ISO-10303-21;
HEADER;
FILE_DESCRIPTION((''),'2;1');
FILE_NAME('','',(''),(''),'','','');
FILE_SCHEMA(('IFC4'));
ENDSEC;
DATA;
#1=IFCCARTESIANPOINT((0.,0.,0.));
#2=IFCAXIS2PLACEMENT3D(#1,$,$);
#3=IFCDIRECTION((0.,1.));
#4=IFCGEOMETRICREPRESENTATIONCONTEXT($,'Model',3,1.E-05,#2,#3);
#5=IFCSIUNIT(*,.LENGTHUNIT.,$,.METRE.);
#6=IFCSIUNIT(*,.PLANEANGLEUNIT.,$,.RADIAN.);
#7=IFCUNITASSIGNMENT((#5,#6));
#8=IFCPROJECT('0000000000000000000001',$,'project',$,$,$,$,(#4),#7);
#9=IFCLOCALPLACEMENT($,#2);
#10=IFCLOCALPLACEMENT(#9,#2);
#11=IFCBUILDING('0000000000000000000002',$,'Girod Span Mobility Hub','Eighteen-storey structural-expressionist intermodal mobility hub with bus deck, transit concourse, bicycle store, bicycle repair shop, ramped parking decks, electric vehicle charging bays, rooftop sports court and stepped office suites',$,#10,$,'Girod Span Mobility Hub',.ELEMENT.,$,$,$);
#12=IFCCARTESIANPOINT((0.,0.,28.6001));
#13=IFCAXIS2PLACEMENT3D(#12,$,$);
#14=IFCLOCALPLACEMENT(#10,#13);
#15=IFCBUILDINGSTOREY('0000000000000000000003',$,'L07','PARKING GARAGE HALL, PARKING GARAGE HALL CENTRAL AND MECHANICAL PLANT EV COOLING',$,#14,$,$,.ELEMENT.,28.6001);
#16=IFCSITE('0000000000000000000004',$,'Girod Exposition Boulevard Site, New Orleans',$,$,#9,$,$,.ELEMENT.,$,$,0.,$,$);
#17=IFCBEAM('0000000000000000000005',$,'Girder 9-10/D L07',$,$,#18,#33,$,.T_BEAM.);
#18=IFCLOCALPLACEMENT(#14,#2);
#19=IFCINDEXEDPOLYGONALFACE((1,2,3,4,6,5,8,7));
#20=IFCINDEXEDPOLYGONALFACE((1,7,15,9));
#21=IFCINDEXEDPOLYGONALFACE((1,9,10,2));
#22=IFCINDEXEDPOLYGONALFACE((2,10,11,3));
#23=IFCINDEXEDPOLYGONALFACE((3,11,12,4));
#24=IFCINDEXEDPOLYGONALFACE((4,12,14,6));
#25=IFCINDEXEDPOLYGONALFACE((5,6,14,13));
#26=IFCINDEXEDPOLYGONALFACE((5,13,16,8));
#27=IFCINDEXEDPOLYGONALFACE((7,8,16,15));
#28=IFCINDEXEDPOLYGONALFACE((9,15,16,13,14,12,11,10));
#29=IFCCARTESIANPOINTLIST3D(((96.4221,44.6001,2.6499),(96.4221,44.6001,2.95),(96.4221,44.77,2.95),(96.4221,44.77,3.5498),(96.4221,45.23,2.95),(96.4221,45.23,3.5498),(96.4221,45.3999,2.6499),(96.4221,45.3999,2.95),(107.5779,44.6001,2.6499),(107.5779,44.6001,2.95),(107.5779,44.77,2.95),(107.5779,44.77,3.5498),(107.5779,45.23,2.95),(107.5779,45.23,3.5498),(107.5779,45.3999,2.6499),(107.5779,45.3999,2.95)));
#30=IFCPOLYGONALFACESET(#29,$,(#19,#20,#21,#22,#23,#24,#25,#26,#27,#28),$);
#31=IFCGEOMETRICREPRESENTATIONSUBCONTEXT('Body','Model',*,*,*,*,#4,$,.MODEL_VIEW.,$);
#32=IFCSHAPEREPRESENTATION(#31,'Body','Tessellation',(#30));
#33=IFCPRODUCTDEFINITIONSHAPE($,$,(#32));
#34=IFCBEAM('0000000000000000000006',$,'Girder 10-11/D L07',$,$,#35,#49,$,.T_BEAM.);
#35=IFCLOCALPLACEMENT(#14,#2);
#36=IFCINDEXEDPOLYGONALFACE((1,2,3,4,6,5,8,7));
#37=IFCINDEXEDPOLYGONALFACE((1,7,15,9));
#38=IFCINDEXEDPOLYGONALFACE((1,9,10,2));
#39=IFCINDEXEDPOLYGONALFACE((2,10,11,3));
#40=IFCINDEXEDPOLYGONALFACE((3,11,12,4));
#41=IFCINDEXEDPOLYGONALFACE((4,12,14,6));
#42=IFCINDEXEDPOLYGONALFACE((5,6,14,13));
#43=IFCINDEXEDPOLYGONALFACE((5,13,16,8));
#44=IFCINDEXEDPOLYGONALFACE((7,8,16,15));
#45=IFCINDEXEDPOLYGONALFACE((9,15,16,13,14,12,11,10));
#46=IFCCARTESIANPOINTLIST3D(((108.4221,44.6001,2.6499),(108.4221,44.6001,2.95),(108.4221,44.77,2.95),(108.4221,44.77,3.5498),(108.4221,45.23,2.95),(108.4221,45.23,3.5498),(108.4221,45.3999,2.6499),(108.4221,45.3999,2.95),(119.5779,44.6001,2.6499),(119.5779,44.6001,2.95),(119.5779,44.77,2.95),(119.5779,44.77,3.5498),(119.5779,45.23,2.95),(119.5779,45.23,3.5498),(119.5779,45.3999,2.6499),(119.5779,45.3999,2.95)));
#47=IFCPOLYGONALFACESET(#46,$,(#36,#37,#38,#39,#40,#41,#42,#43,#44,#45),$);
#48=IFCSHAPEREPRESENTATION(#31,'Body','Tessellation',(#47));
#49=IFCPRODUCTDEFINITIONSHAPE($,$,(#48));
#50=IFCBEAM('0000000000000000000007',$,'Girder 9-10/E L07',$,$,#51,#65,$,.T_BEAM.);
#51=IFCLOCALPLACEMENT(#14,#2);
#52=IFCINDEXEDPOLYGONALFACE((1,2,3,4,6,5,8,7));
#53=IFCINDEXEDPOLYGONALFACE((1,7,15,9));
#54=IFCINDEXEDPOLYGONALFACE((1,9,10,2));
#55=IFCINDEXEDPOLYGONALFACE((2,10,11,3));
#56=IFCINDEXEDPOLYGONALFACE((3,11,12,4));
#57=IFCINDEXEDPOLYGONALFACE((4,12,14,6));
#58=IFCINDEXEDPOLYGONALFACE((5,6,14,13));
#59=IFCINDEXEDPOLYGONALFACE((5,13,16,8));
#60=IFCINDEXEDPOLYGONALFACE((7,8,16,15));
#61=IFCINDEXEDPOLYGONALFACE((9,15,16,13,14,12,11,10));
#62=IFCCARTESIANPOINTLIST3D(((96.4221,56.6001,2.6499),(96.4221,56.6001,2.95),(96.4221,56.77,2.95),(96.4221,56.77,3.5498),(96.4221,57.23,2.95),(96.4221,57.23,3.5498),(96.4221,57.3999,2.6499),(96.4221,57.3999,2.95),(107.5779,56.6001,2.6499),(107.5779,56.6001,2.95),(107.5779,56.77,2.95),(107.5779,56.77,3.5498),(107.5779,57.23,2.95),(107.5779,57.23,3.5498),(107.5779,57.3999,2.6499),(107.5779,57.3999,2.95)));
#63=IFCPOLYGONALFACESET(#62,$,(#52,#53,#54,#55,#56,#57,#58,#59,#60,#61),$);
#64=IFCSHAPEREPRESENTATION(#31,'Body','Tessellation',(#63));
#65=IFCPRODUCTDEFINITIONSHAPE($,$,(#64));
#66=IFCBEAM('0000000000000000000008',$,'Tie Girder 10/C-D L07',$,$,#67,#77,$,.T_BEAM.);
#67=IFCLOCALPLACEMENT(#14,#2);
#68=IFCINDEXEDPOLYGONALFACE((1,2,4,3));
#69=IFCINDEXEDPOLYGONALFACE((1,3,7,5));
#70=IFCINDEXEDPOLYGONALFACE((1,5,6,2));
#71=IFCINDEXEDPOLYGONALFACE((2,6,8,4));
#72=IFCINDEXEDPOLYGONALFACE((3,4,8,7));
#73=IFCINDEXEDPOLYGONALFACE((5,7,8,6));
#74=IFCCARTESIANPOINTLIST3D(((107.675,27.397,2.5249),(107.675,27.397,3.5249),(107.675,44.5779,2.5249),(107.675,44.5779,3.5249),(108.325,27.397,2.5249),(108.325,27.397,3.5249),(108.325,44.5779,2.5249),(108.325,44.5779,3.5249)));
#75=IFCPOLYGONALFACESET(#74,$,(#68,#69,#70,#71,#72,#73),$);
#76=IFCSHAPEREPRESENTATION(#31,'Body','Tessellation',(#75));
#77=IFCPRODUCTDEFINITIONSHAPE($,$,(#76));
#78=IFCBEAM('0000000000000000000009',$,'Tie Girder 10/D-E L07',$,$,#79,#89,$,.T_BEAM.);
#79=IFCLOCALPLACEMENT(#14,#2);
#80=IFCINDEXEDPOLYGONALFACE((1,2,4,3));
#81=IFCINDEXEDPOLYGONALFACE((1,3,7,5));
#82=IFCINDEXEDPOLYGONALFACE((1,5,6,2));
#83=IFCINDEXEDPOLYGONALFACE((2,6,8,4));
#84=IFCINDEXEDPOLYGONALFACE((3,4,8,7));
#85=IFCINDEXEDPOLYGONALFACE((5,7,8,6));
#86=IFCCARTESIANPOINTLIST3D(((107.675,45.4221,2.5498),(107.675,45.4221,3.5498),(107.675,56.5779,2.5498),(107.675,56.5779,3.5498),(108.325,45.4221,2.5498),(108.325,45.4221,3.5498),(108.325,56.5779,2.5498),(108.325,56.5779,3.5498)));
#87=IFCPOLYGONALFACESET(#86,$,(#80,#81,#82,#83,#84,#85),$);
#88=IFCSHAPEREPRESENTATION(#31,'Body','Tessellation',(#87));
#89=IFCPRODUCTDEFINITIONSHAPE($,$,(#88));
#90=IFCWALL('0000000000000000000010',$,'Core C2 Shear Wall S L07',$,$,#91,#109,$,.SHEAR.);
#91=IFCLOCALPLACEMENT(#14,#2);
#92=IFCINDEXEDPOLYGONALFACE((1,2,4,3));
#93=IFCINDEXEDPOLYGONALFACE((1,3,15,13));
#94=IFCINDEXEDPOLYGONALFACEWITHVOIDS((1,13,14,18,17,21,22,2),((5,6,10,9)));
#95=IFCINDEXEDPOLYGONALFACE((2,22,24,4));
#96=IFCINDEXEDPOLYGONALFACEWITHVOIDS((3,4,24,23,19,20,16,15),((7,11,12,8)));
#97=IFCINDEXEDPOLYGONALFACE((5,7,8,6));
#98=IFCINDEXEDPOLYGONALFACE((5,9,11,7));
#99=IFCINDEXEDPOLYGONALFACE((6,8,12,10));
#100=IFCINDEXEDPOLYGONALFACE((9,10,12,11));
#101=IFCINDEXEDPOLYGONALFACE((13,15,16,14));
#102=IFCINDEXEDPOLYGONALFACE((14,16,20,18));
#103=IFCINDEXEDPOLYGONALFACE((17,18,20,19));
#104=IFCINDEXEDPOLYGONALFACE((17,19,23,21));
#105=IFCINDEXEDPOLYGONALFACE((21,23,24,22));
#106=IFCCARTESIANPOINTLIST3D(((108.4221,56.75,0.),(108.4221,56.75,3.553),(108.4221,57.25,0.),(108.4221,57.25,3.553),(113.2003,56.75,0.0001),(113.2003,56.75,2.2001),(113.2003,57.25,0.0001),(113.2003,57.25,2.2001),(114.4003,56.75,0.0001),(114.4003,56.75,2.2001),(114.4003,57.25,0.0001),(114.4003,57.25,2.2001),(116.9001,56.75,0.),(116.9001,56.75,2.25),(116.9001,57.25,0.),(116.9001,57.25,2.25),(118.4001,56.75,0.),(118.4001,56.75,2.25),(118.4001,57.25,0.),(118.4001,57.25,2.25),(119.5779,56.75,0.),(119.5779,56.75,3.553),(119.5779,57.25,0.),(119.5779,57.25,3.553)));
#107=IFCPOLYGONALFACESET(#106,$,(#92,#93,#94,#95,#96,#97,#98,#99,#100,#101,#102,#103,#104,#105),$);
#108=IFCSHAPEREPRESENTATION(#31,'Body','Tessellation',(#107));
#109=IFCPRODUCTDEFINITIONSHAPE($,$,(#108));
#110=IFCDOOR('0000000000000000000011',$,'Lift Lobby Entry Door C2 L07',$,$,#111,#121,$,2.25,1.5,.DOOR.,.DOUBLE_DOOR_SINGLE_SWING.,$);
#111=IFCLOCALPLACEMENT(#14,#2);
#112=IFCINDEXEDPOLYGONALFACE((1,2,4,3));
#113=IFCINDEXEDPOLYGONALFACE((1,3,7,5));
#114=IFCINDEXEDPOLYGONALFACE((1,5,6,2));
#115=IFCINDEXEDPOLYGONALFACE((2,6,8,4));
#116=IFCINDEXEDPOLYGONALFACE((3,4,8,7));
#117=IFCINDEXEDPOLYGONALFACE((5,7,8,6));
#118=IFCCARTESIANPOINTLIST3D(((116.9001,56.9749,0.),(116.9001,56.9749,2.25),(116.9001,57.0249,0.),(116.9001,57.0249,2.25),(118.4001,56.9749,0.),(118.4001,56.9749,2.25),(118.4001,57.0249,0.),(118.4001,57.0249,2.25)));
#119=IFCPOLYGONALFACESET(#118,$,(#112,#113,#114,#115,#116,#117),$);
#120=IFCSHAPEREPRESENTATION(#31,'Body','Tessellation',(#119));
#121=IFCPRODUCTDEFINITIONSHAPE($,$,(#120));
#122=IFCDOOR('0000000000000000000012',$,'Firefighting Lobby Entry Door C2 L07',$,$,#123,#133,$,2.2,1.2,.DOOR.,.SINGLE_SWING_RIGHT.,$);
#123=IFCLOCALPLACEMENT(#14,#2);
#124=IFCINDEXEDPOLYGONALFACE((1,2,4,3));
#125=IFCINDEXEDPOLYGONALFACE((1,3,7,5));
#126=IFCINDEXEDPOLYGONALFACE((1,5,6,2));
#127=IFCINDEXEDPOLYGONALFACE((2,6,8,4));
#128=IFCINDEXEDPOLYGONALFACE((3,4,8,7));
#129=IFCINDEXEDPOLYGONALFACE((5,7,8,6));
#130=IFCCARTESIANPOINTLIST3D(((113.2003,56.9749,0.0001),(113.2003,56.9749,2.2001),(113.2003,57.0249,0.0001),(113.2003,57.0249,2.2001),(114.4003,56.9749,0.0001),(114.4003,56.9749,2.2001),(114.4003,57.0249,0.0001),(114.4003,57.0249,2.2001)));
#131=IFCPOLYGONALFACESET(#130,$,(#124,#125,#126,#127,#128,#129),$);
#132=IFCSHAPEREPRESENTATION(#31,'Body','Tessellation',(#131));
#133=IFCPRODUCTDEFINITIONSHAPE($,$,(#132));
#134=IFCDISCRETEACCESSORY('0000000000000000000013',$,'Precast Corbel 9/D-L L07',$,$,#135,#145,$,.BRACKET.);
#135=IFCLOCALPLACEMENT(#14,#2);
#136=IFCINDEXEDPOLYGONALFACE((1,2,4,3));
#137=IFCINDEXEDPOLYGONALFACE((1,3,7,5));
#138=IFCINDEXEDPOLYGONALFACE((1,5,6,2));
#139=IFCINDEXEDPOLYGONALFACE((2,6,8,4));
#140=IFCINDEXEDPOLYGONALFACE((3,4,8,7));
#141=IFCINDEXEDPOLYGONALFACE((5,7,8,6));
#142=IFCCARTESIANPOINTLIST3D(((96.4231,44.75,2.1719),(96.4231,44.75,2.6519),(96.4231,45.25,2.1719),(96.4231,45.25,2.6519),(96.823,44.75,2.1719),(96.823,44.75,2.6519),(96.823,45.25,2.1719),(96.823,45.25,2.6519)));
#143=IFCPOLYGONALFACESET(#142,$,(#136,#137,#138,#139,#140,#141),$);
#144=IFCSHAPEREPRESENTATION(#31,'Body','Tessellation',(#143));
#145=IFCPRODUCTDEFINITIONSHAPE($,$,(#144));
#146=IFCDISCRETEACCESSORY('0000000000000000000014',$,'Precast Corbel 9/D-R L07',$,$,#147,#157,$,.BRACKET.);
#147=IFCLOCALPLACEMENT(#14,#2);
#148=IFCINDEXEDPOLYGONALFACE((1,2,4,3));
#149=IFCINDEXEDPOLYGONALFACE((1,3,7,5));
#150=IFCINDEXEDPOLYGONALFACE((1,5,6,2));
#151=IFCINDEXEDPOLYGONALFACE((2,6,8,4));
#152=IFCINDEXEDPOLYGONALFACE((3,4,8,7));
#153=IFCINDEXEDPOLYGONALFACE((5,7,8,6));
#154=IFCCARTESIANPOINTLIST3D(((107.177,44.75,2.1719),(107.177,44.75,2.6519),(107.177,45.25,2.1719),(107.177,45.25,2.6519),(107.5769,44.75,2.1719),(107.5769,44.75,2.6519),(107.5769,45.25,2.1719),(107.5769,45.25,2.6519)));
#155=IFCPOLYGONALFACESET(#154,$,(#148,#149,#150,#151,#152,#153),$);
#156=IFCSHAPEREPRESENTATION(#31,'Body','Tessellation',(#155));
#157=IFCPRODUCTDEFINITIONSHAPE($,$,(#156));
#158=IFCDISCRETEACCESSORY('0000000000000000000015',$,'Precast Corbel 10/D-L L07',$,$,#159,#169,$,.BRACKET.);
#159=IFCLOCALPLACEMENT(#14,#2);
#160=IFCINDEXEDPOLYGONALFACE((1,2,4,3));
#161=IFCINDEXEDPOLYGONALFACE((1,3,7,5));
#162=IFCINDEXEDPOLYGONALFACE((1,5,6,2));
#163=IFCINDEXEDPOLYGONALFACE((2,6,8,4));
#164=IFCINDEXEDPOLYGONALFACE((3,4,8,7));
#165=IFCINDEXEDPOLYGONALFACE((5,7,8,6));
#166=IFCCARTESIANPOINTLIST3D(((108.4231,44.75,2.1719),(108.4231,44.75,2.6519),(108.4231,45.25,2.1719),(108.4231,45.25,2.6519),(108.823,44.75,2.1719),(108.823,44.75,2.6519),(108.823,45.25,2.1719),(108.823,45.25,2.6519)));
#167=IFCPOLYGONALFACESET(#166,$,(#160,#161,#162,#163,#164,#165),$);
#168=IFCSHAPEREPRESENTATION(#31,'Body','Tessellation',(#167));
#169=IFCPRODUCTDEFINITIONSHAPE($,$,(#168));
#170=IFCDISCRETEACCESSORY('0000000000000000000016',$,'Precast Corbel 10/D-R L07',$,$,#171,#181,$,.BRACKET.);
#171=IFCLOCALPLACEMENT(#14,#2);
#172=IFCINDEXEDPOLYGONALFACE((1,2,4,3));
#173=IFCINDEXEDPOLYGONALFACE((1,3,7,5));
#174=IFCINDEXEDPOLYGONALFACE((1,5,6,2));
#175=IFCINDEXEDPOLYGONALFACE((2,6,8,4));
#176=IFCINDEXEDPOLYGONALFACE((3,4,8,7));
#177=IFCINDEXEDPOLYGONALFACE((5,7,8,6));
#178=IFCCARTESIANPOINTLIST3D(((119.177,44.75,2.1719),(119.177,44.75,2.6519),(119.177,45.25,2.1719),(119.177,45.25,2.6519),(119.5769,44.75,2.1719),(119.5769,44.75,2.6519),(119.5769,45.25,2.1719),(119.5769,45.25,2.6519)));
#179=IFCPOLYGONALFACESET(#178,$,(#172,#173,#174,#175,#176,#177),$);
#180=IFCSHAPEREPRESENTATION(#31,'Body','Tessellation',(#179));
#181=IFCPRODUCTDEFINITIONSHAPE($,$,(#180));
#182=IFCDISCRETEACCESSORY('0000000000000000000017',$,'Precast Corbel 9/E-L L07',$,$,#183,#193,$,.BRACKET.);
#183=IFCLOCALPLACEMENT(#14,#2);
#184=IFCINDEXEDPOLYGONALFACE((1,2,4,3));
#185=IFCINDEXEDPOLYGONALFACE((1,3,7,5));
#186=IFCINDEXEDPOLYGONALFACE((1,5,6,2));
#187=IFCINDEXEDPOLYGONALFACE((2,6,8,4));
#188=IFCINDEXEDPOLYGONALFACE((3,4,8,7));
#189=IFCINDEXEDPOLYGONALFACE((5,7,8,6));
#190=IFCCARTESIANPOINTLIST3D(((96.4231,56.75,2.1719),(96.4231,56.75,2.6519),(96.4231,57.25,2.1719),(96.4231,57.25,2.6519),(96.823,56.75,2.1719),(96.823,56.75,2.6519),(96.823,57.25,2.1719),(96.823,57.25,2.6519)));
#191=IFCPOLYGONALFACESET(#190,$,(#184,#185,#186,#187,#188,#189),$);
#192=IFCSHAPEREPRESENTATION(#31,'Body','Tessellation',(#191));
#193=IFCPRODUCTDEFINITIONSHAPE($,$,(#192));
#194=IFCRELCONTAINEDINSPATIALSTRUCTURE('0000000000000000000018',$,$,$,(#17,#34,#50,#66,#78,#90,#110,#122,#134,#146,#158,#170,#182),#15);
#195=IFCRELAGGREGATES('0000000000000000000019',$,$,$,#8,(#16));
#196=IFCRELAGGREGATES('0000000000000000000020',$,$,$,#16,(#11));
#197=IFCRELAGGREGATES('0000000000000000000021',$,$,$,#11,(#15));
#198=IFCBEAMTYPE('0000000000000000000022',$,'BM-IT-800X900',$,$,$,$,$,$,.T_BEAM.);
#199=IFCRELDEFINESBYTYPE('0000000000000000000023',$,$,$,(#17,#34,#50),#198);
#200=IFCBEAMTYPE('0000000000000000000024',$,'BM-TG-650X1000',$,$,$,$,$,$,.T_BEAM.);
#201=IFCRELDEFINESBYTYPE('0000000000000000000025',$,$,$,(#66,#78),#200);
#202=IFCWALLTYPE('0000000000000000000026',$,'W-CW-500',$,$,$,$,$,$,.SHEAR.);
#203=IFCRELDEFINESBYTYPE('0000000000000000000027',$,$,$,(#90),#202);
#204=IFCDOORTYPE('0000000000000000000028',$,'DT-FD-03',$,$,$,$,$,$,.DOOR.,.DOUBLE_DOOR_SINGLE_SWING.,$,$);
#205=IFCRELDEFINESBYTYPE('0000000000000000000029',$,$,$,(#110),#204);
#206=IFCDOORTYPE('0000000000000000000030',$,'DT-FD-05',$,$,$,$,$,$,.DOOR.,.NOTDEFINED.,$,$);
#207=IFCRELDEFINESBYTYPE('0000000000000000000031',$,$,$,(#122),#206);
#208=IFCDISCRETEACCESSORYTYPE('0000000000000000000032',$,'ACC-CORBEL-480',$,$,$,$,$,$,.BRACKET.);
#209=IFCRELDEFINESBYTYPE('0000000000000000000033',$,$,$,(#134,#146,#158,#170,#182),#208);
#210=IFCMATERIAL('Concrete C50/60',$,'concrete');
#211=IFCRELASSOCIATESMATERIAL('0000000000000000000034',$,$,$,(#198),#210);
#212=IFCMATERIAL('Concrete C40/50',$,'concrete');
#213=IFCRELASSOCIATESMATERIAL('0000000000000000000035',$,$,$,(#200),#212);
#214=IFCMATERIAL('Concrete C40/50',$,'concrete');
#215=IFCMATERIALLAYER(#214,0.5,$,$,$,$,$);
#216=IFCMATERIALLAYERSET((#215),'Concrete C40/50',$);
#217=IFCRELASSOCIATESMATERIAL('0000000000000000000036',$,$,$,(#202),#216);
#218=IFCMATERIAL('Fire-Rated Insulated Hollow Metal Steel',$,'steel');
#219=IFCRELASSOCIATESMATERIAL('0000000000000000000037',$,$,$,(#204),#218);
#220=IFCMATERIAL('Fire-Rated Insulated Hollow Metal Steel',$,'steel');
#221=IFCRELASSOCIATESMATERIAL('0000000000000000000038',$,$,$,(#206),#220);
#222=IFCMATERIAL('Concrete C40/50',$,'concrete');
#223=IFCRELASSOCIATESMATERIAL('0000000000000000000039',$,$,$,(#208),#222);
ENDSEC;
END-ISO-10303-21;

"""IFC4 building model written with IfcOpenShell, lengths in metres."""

from ifc_helpers import new_model, si_unit, direction, frame, frame_2d, origin, origin_2d, place, context, subcontext, project, spatial, polyline, rectangle, outline, extrude, material, layer, layer_set, material_profile, profile_set, type_object, element, fill, save


model = new_model("IFC4")

# Units and contexts
model_context = context("Model", 3, precision=1e-05, world=origin(), true_north=direction((0.0, 1.0)))
body_context = subcontext(model_context, "Body", "Model", "MODEL_VIEW")
ifc_project = project(units=[si_unit("LENGTHUNIT", "METRE"), si_unit("PLANEANGLEUNIT", "RADIAN")], contexts=[model_context])

# Site, building, storey
site_placement = place(None, origin())
site = spatial("IfcSite", under=ifc_project, at=site_placement, Name="Girod Exposition Boulevard Site, New Orleans", CompositionType="ELEMENT", RefElevation=0.0)
building_placement = place(site_placement, origin())
building = spatial("IfcBuilding", under=site, at=building_placement, Name="Girod Span Mobility Hub", Description="Eighteen-storey structural-expressionist intermodal mobility hub with bus deck, transit concourse, bicycle store, bicycle repair shop, ramped parking decks, electric vehicle charging bays, rooftop sports court and stepped office suites", LongName="Girod Span Mobility Hub", CompositionType="ELEMENT")
storey_placement = place(building_placement, frame((0.0, 0.0, 28.6001)))
storey = spatial("IfcBuildingStorey", under=building, at=storey_placement, Name="L07", Description="PARKING GARAGE HALL, PARKING GARAGE HALL CENTRAL AND MECHANICAL PLANT EV COOLING", CompositionType="ELEMENT", Elevation=28.6001)

# Beams
ifc_material_1 = material(Name="Concrete C50/60", Category="concrete")
ifc_material_profile_1 = material_profile(ifc_material_1, outline(polyline([(-0.3999, -0.45), (0.3999, -0.45), (0.3999, -0.1499), (0.23, -0.1499), (0.23, 0.45), (-0.23, 0.45), (-0.23, -0.1499), (-0.3999, -0.1499), (-0.3999, -0.45)])), Name="IT-800X900")
ifc_profile_set_1 = profile_set([ifc_material_profile_1], Name="Concrete C50/60")
beam_type_1 = type_object("IfcBeamType", Name="BM-IT-800X900", PredefinedType="T_BEAM", material=ifc_profile_set_1)
for number, where, z_axis, x_axis, name in (
    (1, (96.4221, 45.0, 3.0999), (1.0, 0.0, 0.0), (0.0, 1.0, 0.0), "Girder 9-10/D L07"),
    (2, (108.4221, 45.0, 3.0999), (1.0, 0.0, 0.0), (0.0, 1.0, 0.0), "Girder 10-11/D L07"),
    (3, (96.4221, 57.0, 3.0999), (1.0, 0.0, 0.0), (0.0, 1.0, 0.0), "Girder 9-10/E L07"),
):
    element("IfcBeam", number, at=place(storey_placement, frame(where, z_axis=z_axis, x_axis=x_axis)), inside=storey, type_object=beam_type_1, Name=name, PredefinedType="T_BEAM", context=body_context, shape_type="SweptSolid", body=[
        extrude(outline(polyline([(-0.3999, -0.45), (0.3999, -0.45), (0.3999, -0.1499), (0.23, -0.1499), (0.23, 0.45), (-0.23, 0.45), (-0.23, -0.1499), (-0.3999, -0.1499), (-0.3999, -0.45)])), origin(), (0.0, 0.0, 1.0), 11.1558),
    ])
ifc_material_2 = material(Name="Concrete C40/50", Category="concrete")
ifc_material_profile_2 = material_profile(ifc_material_2, rectangle(XDim=0.6499, YDim=1.0, at=origin_2d()), Name="TG-650X1000")
ifc_profile_set_2 = profile_set([ifc_material_profile_2], Name="Concrete C40/50")
beam_type_2 = type_object("IfcBeamType", Name="BM-TG-650X1000", PredefinedType="T_BEAM", material=ifc_profile_set_2)
beam_1_placement = place(storey_placement, frame((108.0, 27.397, 3.0249), z_axis=(0.0, 1.0, 0.0), x_axis=(-1.0, 0.0, 0.0)))
element("IfcBeam", 4, at=beam_1_placement, inside=storey, type_object=beam_type_2, Name="Tie Girder 10/C-D L07", PredefinedType="T_BEAM", context=body_context, shape_type="SweptSolid", body=[
    extrude(rectangle(XDim=0.6499, YDim=1.0, at=origin_2d()), origin(), (0.0, 0.0, 1.0), 17.1809),
])
beam_2_placement = place(storey_placement, frame((108.0, 45.4221, 3.0498), z_axis=(0.0, 1.0, 0.0), x_axis=(-1.0, 0.0, 0.0)))
element("IfcBeam", 5, at=beam_2_placement, inside=storey, type_object=beam_type_2, Name="Tie Girder 10/D-E L07", PredefinedType="T_BEAM", context=body_context, shape_type="SweptSolid", body=[
    extrude(rectangle(XDim=0.6499, YDim=1.0, at=origin_2d()), origin(), (0.0, 0.0, 1.0), 11.1558),
])

# Wall, openings, doors
ifc_material_3 = material(Name="Concrete C40/50", Category="concrete")
ifc_layer = layer(ifc_material_3, 0.5)
ifc_layer_set = layer_set([ifc_layer], Name="Concrete C40/50")
wall_type = type_object("IfcWallType", Name="W-CW-500", PredefinedType="SHEAR", material=ifc_layer_set)
wall_placement = place(storey_placement, frame((108.4221, 57.0, 0.0), z_axis=(0.0, 0.0, 1.0), x_axis=(1.0, 0.0, 0.0)))
wall = element("IfcWall", 6, at=wall_placement, inside=storey, type_object=wall_type, Name="Core C2 Shear Wall S L07", PredefinedType="SHEAR", context=body_context, shape_type="SweptSolid", body=[
    extrude(rectangle(XDim=11.1558, YDim=0.5, at=frame_2d((5.5779, 0.0))), origin(), (0.0, 0.0, 1.0), 3.553),
])
opening_1_placement = place(wall_placement, frame((4.7781, 0.0, 0.0)))
opening_1 = element("IfcOpeningElement", 7, at=opening_1_placement, cuts=wall, PredefinedType="OPENING", context=body_context, shape_type="SweptSolid", body=[
    extrude(rectangle(XDim=1.2, YDim=2.2, at=frame_2d((0.6001, 1.1001))), frame((0.0, 0.2649, 0.0), z_axis=(0.0, -1.0, 0.0), x_axis=(1.0, 0.0, 0.0)), (0.0, 0.0, 1.0), 0.53),
])
opening_2_placement = place(wall_placement, frame((8.478, 0.0, 0.0)))
opening_2 = element("IfcOpeningElement", 8, at=opening_2_placement, cuts=wall, PredefinedType="OPENING", context=body_context, shape_type="SweptSolid", body=[
    extrude(rectangle(XDim=1.5, YDim=2.25, at=frame_2d((0.75, 1.125))), frame((0.0, 0.2649, 0.0), z_axis=(0.0, -1.0, 0.0), x_axis=(1.0, 0.0, 0.0)), (0.0, 0.0, 1.0), 0.53),
])
ifc_material_4 = material(Name="Fire-Rated Insulated Hollow Metal Steel", Category="steel")
door_type_1 = type_object("IfcDoorType", Name="DT-FD-03", OperationType="DOUBLE_DOOR_SINGLE_SWING", PredefinedType="DOOR", material=ifc_material_4)
door_1_placement = place(opening_2_placement, origin())
door_1 = element("IfcDoor", 9, at=door_1_placement, inside=storey, type_object=door_type_1, Name="Lift Lobby Entry Door C2 L07", OperationType="DOUBLE_DOOR_SINGLE_SWING", OverallHeight=2.25, OverallWidth=1.5, PredefinedType="DOOR", context=body_context, shape_type="SweptSolid", body=[
    extrude(rectangle(XDim=1.5, YDim=2.25, at=frame_2d((0.75, 1.125))), frame((0.0, 0.0249, 0.0), z_axis=(0.0, -1.0, 0.0), x_axis=(1.0, 0.0, 0.0)), (0.0, 0.0, 1.0), 0.05),
])
fill(opening_2, door_1)
ifc_material_5 = material(Name="Fire-Rated Insulated Hollow Metal Steel", Category="steel")
door_type_2 = type_object("IfcDoorType", Name="DT-FD-05", OperationType="NOTDEFINED", PredefinedType="DOOR", material=ifc_material_5)
door_2_placement = place(opening_1_placement, origin())
door_2 = element("IfcDoor", 10, at=door_2_placement, inside=storey, type_object=door_type_2, Name="Firefighting Lobby Entry Door C2 L07", OperationType="SINGLE_SWING_RIGHT", OverallHeight=2.2, OverallWidth=1.2, PredefinedType="DOOR", context=body_context, shape_type="SweptSolid", body=[
    extrude(rectangle(XDim=1.2, YDim=2.2, at=frame_2d((0.6001, 1.1001))), frame((0.0, 0.0249, 0.0), z_axis=(0.0, -1.0, 0.0), x_axis=(1.0, 0.0, 0.0)), (0.0, 0.0, 1.0), 0.05),
])
fill(opening_1, door_2)

# Discrete accessories
ifc_material_6 = material(Name="Concrete C40/50", Category="concrete")
discrete_accessory_type = type_object("IfcDiscreteAccessoryType", Name="ACC-CORBEL-480", PredefinedType="BRACKET", material=ifc_material_6)
for number, where, z_axis, x_axis, name in (
    (11, (96.623, 45.0, 2.1719), (0.0, 0.0, 1.0), (1.0, 0.0, 0.0), "Precast Corbel 9/D-L L07"),
    (12, (107.377, 45.0, 2.1719), (0.0, 0.0, 1.0), (1.0, 0.0, 0.0), "Precast Corbel 9/D-R L07"),
    (13, (108.623, 45.0, 2.1719), (0.0, 0.0, 1.0), (1.0, 0.0, 0.0), "Precast Corbel 10/D-L L07"),
    (14, (119.377, 45.0, 2.1719), (0.0, 0.0, 1.0), (1.0, 0.0, 0.0), "Precast Corbel 10/D-R L07"),
    (15, (96.623, 57.0, 2.1719), (0.0, 0.0, 1.0), (1.0, 0.0, 0.0), "Precast Corbel 9/E-L L07"),
):
    element("IfcDiscreteAccessory", number, at=place(storey_placement, frame(where, z_axis=z_axis, x_axis=x_axis)), inside=storey, type_object=discrete_accessory_type, Name=name, PredefinedType="BRACKET", context=body_context, shape_type="SweptSolid", body=[
        extrude(rectangle(XDim=0.3999, YDim=0.5, at=origin_2d()), origin(), (0.0, 0.0, 1.0), 0.48),
    ])

save(model, "model.ifc")
